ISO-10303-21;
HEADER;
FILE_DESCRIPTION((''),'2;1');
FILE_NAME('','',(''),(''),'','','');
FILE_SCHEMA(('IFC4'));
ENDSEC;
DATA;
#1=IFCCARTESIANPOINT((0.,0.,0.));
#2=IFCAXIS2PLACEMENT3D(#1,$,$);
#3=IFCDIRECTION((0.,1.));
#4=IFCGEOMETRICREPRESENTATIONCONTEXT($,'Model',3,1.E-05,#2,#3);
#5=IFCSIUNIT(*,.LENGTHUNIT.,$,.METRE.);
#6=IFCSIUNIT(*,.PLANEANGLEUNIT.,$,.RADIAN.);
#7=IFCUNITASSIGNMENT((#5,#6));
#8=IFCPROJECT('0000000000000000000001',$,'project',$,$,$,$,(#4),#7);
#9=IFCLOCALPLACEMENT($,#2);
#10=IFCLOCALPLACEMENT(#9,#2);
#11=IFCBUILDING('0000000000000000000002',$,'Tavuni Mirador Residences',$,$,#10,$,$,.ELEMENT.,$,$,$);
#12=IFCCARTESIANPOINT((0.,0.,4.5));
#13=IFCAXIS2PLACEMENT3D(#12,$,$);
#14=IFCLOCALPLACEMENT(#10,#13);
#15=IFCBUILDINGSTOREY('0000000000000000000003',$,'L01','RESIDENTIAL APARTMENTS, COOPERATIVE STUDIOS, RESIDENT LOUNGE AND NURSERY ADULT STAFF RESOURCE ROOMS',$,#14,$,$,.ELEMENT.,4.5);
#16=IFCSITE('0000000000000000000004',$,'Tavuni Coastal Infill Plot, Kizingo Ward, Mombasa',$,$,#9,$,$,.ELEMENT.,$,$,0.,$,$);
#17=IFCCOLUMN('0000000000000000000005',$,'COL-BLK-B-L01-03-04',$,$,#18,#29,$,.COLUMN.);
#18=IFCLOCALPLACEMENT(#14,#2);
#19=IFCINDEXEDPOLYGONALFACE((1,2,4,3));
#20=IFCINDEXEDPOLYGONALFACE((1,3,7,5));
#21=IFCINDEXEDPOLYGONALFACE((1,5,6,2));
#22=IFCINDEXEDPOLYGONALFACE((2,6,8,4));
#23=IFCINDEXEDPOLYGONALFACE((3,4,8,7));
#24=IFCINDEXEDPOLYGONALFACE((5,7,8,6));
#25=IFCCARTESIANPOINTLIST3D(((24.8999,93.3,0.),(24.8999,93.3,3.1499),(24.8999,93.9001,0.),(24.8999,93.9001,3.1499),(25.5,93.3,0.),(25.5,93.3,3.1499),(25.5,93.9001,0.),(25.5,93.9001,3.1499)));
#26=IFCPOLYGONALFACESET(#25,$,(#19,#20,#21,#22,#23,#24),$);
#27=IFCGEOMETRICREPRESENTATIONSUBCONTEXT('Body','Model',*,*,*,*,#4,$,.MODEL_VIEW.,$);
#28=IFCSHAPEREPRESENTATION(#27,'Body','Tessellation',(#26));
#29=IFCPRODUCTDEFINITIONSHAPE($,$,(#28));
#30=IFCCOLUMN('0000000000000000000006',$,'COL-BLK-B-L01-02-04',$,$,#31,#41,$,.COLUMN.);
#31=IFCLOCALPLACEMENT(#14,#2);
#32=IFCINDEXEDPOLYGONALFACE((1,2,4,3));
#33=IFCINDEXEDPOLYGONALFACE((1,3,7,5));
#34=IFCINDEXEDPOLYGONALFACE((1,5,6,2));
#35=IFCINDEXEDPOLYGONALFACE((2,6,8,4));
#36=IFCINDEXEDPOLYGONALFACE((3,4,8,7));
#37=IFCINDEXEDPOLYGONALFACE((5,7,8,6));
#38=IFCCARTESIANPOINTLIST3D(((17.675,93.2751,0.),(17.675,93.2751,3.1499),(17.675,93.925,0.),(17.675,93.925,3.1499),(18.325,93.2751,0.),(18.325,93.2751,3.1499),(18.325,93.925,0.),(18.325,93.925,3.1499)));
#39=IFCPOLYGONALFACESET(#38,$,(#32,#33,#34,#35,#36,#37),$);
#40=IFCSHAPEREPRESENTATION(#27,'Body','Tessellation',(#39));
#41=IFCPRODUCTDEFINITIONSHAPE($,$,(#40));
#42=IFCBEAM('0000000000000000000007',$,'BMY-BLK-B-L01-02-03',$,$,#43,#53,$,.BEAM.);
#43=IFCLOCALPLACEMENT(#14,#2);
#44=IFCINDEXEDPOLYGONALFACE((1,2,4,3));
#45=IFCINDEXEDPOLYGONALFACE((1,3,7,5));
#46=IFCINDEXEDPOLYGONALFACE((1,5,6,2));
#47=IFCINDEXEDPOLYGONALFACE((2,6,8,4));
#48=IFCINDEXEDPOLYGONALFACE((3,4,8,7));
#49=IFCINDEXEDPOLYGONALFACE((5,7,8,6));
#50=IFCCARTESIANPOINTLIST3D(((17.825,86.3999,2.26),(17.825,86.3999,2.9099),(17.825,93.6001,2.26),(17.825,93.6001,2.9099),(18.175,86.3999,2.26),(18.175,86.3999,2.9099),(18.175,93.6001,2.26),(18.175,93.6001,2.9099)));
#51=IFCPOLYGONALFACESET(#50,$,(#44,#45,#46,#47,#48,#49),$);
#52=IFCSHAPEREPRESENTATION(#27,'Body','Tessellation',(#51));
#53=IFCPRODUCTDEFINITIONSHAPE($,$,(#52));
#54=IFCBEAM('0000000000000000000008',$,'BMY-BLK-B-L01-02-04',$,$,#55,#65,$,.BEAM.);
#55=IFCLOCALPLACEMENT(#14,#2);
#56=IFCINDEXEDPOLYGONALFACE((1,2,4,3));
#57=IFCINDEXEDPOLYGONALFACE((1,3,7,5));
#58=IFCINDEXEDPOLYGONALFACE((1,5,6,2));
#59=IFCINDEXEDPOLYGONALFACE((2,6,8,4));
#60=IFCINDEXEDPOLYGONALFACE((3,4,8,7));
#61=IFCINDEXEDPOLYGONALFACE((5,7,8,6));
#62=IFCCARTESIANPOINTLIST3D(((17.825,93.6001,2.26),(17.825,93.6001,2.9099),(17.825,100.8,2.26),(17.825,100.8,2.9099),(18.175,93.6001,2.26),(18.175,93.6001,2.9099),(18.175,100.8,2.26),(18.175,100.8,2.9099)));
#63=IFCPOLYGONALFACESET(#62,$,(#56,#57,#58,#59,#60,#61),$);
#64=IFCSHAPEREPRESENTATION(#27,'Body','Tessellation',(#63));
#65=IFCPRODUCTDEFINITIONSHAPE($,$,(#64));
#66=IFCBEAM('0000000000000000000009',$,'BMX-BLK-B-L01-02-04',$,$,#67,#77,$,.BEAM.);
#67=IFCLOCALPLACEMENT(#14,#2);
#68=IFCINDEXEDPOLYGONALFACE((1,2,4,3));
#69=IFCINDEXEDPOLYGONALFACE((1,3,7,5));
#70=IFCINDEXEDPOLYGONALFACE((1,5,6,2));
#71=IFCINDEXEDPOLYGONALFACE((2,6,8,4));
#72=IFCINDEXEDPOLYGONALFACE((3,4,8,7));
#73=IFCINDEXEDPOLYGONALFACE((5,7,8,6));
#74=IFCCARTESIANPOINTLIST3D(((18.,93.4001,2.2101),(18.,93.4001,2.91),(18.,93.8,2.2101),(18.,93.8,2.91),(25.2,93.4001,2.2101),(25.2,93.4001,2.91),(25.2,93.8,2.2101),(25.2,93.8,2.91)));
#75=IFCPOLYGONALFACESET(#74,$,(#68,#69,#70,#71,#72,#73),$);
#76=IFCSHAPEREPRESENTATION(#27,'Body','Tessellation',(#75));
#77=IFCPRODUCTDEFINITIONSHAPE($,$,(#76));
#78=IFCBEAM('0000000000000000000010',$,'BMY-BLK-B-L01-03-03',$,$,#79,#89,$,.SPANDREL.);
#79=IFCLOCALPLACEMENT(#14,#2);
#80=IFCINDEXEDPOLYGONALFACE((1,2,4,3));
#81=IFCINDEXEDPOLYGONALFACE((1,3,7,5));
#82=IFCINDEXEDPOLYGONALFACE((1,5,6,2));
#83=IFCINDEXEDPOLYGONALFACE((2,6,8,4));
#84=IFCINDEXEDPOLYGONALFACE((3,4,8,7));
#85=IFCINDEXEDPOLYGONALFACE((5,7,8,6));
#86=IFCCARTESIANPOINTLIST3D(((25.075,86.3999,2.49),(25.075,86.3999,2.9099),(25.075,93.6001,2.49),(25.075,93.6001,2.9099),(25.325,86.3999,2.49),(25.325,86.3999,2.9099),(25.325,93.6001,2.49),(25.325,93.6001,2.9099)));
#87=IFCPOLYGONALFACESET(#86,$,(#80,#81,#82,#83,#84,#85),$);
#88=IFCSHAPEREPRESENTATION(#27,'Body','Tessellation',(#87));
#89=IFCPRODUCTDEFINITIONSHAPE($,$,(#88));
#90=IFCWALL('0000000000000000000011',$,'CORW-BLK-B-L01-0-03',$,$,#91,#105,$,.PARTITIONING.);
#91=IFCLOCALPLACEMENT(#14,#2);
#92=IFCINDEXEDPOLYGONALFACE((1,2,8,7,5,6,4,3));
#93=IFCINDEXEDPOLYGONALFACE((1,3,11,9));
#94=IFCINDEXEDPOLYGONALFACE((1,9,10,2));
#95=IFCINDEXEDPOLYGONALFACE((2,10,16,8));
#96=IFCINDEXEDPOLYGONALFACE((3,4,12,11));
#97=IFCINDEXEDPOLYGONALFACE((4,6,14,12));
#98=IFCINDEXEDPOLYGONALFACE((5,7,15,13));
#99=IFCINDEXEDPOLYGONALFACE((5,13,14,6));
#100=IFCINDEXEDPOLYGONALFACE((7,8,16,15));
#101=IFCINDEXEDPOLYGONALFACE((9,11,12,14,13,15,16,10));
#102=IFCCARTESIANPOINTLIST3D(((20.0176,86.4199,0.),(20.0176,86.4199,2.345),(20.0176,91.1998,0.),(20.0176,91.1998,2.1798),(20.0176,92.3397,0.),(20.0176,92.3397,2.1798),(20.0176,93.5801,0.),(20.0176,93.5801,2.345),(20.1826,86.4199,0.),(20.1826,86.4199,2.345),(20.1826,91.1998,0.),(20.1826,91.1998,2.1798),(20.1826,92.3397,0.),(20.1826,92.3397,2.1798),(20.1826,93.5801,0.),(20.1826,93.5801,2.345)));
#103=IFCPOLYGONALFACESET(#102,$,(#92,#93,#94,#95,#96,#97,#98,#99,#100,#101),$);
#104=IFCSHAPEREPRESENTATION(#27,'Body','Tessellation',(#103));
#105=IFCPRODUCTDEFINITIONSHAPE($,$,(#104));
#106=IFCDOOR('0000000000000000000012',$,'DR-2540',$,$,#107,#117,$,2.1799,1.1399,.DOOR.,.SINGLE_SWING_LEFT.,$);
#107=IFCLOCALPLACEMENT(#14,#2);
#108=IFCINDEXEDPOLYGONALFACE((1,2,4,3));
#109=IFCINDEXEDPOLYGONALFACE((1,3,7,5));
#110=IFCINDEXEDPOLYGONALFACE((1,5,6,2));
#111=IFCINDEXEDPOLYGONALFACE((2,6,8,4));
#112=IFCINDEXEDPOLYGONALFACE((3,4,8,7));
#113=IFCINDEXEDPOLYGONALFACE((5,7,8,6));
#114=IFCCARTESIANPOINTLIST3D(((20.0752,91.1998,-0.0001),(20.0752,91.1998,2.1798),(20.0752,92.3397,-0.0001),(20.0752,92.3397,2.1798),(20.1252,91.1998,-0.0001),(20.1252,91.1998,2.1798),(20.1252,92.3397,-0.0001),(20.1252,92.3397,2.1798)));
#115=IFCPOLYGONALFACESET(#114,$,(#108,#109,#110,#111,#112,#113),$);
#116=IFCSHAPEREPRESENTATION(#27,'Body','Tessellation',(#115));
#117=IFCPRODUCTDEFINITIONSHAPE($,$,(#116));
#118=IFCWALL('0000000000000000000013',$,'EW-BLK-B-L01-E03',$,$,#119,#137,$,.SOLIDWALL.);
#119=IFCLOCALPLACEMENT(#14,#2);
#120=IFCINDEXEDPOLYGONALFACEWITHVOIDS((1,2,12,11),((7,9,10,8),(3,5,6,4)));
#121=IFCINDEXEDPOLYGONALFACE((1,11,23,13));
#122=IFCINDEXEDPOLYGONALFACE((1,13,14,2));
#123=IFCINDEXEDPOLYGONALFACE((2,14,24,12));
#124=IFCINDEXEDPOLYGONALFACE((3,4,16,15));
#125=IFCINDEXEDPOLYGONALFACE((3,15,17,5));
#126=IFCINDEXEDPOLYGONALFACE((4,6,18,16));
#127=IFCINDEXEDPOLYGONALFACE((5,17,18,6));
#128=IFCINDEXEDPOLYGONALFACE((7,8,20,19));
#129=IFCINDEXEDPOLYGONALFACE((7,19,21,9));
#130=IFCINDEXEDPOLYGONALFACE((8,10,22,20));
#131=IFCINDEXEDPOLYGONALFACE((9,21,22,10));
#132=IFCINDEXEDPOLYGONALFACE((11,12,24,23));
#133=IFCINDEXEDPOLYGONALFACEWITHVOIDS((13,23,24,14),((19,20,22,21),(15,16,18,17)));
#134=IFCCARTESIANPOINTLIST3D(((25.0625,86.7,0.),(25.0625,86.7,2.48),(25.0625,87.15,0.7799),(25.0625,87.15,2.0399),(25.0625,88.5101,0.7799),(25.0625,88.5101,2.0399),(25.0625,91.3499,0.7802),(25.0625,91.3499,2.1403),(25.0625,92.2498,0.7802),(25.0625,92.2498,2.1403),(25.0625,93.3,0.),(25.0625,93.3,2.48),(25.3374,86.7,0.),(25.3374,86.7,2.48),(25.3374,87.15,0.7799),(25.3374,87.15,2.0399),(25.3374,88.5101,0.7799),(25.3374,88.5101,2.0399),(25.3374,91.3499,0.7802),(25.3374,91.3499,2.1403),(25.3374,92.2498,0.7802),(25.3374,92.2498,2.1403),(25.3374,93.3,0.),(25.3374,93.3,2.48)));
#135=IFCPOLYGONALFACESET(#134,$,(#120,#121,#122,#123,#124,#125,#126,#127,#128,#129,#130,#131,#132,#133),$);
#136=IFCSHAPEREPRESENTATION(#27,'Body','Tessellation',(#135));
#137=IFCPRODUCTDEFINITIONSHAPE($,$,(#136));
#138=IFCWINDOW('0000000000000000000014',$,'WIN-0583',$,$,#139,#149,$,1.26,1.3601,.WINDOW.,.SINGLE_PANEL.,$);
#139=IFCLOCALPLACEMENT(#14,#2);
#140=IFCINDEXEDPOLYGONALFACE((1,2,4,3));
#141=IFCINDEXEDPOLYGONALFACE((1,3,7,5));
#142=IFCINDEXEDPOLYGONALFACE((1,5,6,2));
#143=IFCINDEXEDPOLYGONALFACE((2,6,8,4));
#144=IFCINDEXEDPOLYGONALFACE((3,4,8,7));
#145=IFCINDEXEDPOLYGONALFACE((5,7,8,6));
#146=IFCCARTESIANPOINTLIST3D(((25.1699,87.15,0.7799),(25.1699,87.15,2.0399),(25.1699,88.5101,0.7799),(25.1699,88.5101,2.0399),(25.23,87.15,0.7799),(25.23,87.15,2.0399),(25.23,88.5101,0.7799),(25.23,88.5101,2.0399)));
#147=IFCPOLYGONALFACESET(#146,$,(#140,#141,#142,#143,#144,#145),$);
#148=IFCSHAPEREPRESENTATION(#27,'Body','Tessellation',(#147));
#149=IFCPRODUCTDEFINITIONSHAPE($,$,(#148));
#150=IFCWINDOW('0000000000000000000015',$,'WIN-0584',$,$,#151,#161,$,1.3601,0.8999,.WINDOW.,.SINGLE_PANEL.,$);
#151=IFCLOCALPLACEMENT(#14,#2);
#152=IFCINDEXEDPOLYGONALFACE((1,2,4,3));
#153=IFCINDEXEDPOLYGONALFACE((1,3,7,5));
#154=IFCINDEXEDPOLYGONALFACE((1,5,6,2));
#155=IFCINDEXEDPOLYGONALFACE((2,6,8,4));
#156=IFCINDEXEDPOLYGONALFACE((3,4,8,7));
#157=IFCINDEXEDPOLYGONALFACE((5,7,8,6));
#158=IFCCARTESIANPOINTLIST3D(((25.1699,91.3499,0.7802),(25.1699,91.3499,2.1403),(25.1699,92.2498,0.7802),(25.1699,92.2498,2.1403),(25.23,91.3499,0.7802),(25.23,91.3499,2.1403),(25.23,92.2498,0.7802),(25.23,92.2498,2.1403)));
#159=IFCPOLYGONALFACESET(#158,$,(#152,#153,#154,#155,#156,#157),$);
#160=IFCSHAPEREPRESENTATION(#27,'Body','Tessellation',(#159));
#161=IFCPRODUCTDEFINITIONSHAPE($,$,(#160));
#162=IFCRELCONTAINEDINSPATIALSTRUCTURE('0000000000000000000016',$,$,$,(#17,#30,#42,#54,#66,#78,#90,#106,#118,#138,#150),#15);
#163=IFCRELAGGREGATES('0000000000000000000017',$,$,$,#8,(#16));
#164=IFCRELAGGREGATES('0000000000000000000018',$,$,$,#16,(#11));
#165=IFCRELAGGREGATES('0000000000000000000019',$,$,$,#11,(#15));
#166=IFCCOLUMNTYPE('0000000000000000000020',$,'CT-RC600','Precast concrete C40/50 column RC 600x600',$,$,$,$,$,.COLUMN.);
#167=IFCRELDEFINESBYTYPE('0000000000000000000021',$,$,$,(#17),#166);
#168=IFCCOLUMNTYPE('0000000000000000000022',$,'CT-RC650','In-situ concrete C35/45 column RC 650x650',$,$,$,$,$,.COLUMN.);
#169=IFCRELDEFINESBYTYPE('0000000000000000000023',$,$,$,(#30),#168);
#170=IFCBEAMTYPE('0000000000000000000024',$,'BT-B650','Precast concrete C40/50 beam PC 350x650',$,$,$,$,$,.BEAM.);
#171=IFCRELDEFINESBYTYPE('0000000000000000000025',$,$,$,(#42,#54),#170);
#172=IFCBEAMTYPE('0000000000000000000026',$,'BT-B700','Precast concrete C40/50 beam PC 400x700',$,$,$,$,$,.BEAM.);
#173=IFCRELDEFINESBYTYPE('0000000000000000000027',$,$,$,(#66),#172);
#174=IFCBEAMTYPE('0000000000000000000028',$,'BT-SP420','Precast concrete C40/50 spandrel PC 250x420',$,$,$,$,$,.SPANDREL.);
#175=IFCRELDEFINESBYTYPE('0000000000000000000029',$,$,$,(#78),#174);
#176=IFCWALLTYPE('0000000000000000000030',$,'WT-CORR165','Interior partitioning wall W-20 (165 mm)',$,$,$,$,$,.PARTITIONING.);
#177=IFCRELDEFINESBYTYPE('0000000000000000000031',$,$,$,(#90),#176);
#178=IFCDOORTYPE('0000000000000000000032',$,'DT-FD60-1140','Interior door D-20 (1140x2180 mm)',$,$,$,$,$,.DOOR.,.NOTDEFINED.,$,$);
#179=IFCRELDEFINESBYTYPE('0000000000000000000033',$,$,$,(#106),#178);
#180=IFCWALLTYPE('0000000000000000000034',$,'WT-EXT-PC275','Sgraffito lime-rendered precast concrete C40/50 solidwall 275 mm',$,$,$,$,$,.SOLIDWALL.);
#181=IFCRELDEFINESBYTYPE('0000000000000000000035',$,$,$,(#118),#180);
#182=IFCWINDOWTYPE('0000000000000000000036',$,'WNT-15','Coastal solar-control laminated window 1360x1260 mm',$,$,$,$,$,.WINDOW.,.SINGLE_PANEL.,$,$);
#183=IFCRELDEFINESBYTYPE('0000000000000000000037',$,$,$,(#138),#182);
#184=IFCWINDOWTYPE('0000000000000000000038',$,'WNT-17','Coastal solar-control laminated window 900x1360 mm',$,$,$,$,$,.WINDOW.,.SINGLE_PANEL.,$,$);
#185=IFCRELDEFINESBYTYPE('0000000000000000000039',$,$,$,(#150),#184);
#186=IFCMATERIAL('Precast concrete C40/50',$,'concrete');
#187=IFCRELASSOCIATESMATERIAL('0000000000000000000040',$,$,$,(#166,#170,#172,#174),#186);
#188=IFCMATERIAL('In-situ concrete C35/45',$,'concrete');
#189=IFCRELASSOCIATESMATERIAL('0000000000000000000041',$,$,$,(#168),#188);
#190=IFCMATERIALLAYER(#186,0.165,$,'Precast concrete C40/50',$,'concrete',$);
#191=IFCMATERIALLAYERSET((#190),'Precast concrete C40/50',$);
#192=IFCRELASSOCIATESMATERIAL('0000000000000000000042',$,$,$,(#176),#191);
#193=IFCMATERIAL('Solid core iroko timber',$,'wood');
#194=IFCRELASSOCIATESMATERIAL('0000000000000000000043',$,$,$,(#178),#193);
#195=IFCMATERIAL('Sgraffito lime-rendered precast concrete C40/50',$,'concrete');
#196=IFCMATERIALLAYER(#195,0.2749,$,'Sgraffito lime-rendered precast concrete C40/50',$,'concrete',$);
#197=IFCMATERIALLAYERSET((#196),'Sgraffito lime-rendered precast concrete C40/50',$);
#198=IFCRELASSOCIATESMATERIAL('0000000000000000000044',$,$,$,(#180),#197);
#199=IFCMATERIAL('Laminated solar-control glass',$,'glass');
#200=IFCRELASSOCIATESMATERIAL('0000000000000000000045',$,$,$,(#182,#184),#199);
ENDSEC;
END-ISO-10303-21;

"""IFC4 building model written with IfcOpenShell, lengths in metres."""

from ifc_helpers import new_model, si_unit, direction, frame, frame_2d, origin, origin_2d, place, context, subcontext, project, spatial, rectangle, extrude, material, layer, layer_set, material_profile, profile_set, type_object, element, fill, save


model = new_model("IFC4")

# Units and contexts
model_context = context("Model", 3, precision=1e-05, world=origin(), true_north=direction((0.0, 1.0)))
body_context = subcontext(model_context, "Body", "Model", "MODEL_VIEW")
ifc_project = project(units=[si_unit("LENGTHUNIT", "METRE"), si_unit("PLANEANGLEUNIT", "RADIAN")], contexts=[model_context])

# Site, building, storey
site_placement = place(None, origin())
site = spatial("IfcSite", under=ifc_project, at=site_placement, Name="Tavuni Coastal Infill Plot, Kizingo Ward, Mombasa", CompositionType="ELEMENT", RefElevation=0.0)
building_placement = place(site_placement, origin())
building = spatial("IfcBuilding", under=site, at=building_placement, Name="Tavuni Mirador Residences", CompositionType="ELEMENT")
storey_placement = place(building_placement, frame((0.0, 0.0, 4.5)))
storey = spatial("IfcBuildingStorey", under=building, at=storey_placement, Name="L01", Description="RESIDENTIAL APARTMENTS, COOPERATIVE STUDIOS, RESIDENT LOUNGE AND NURSERY ADULT STAFF RESOURCE ROOMS", CompositionType="ELEMENT", Elevation=4.5)

# Columns
ifc_material_1 = material(Name="Precast concrete C40/50", Category="concrete")
ifc_material_profile_1 = material_profile(ifc_material_1, rectangle(XDim=0.6001, YDim=0.6001, at=origin_2d()), Name="RC 600x600", Category="concrete")
ifc_profile_set_1 = profile_set([ifc_material_profile_1], Name="Precast concrete C40/50")
column_type_1 = type_object("IfcColumnType", Name="CT-RC600", Description="Precast concrete C40/50 column RC 600x600", PredefinedType="COLUMN", material=ifc_profile_set_1)
column_1_placement = place(storey_placement, frame((25.2, 93.6001, 0.0), z_axis=(0.0, 0.0, 1.0), x_axis=(1.0, 0.0, 0.0)))
element("IfcColumn", 1, at=column_1_placement, inside=storey, type_object=column_type_1, Name="COL-BLK-B-L01-03-04", PredefinedType="COLUMN", context=body_context, shape_type="SweptSolid", body=[
    extrude(rectangle(XDim=0.6001, YDim=0.6001, at=origin_2d()), origin(), (0.0, 0.0, 1.0), 3.1499),
])
ifc_material_2 = material(Name="In-situ concrete C35/45", Category="concrete")
ifc_material_profile_2 = material_profile(ifc_material_2, rectangle(XDim=0.6499, YDim=0.6499, at=origin_2d()), Name="RC 650x650", Category="concrete")
ifc_profile_set_2 = profile_set([ifc_material_profile_2], Name="In-situ concrete C35/45")
column_type_2 = type_object("IfcColumnType", Name="CT-RC650", Description="In-situ concrete C35/45 column RC 650x650", PredefinedType="COLUMN", material=ifc_profile_set_2)
column_2_placement = place(storey_placement, frame((18.0, 93.6001, 0.0), z_axis=(0.0, 0.0, 1.0), x_axis=(1.0, 0.0, 0.0)))
element("IfcColumn", 2, at=column_2_placement, inside=storey, type_object=column_type_2, Name="COL-BLK-B-L01-02-04", PredefinedType="COLUMN", context=body_context, shape_type="SweptSolid", body=[
    extrude(rectangle(XDim=0.6499, YDim=0.6499, at=origin_2d()), origin(), (0.0, 0.0, 1.0), 3.1499),
])

# Beams
ifc_material_profile_3 = material_profile(ifc_material_1, rectangle(XDim=0.3501, YDim=0.6499, at=origin_2d()), Name="PC 350x650", Category="concrete")
ifc_profile_set_3 = profile_set([ifc_material_profile_3], Name="Precast concrete C40/50")
beam_type_1 = type_object("IfcBeamType", Name="BT-B650", Description="Precast concrete C40/50 beam PC 350x650", PredefinedType="BEAM", material=ifc_profile_set_3)
beam_1_placement = place(storey_placement, frame((18.0, 86.3999, 2.585), z_axis=(0.0, 1.0, 0.0), x_axis=(-1.0, 0.0, 0.0)))
element("IfcBeam", 3, at=beam_1_placement, inside=storey, type_object=beam_type_1, Name="BMY-BLK-B-L01-02-03", PredefinedType="BEAM", context=body_context, shape_type="SweptSolid", body=[
    extrude(rectangle(XDim=0.3501, YDim=0.6499, at=origin_2d()), origin(), (0.0, 0.0, 1.0), 7.2002),
])
beam_2_placement = place(storey_placement, frame((18.0, 93.6001, 2.585), z_axis=(0.0, 1.0, 0.0), x_axis=(-1.0, 0.0, 0.0)))
element("IfcBeam", 4, at=beam_2_placement, inside=storey, type_object=beam_type_1, Name="BMY-BLK-B-L01-02-04", PredefinedType="BEAM", context=body_context, shape_type="SweptSolid", body=[
    extrude(rectangle(XDim=0.3501, YDim=0.6499, at=origin_2d()), origin(), (0.0, 0.0, 1.0), 7.2),
])
ifc_material_profile_4 = material_profile(ifc_material_1, rectangle(XDim=0.3999, YDim=0.7, at=origin_2d()), Name="PC 400x700", Category="concrete")
ifc_profile_set_4 = profile_set([ifc_material_profile_4], Name="Precast concrete C40/50")
beam_type_2 = type_object("IfcBeamType", Name="BT-B700", Description="Precast concrete C40/50 beam PC 400x700", PredefinedType="BEAM", material=ifc_profile_set_4)
beam_3_placement = place(storey_placement, frame((18.0, 93.6001, 2.5601), z_axis=(1.0, 0.0, 0.0), x_axis=(0.0, 1.0, 0.0)))
element("IfcBeam", 5, at=beam_3_placement, inside=storey, type_object=beam_type_2, Name="BMX-BLK-B-L01-02-04", PredefinedType="BEAM", context=body_context, shape_type="SweptSolid", body=[
    extrude(rectangle(XDim=0.3999, YDim=0.7, at=origin_2d()), origin(), (0.0, 0.0, 1.0), 7.2),
])
ifc_material_profile_5 = material_profile(ifc_material_1, rectangle(XDim=0.25, YDim=0.4199, at=origin_2d()), Name="PC 250x420", Category="concrete")
ifc_profile_set_5 = profile_set([ifc_material_profile_5], Name="Precast concrete C40/50")
beam_type_3 = type_object("IfcBeamType", Name="BT-SP420", Description="Precast concrete C40/50 spandrel PC 250x420", PredefinedType="SPANDREL", material=ifc_profile_set_5)
beam_4_placement = place(storey_placement, frame((25.2, 86.3999, 2.7), z_axis=(0.0, 1.0, 0.0), x_axis=(-1.0, 0.0, 0.0)))
element("IfcBeam", 6, at=beam_4_placement, inside=storey, type_object=beam_type_3, Name="BMY-BLK-B-L01-03-03", PredefinedType="SPANDREL", context=body_context, shape_type="SweptSolid", body=[
    extrude(rectangle(XDim=0.25, YDim=0.4199, at=origin_2d()), origin(), (0.0, 0.0, 1.0), 7.2002),
])

# Wall, opening, door
ifc_material_3 = material(Name="Solid core iroko timber", Category="wood")
ifc_layer_1 = layer(ifc_material_1, 0.165, Name="Precast concrete C40/50", Category="concrete")
ifc_layer_set_1 = layer_set([ifc_layer_1], Name="Precast concrete C40/50")
wall_type_1 = type_object("IfcWallType", Name="WT-CORR165", Description="Interior partitioning wall W-20 (165 mm)", PredefinedType="PARTITIONING", material=ifc_layer_set_1)
wall_1_placement = place(storey_placement, frame((20.1001, 86.4199, 0.0), z_axis=(0.0, 0.0, 1.0), x_axis=(0.0, 1.0, 0.0)))
wall_1 = element("IfcWall", 7, at=wall_1_placement, inside=storey, type_object=wall_type_1, Name="CORW-BLK-B-L01-0-03", PredefinedType="PARTITIONING", context=body_context, shape_type="SweptSolid", body=[
    extrude(rectangle(XDim=7.1602, YDim=0.165, at=frame_2d((3.5801, 0.0))), origin(), (0.0, 0.0, 1.0), 2.345),
])
opening_1_placement = place(wall_1_placement, frame((4.78, 0.0, 0.0)))
opening_1 = element("IfcOpeningElement", 8, at=opening_1_placement, cuts=wall_1, PredefinedType="OPENING", context=body_context, shape_type="SweptSolid", body=[
    extrude(rectangle(XDim=1.1399, YDim=2.1799, at=frame_2d((0.5698, 1.0898))), frame((0.0, 0.0925, 0.0), z_axis=(0.0, -1.0, 0.0), x_axis=(1.0, 0.0, 0.0)), (0.0, 0.0, 1.0), 0.1851),
])
door_type_1 = type_object("IfcDoorType", Name="DT-FD60-1140", Description="Interior door D-20 (1140x2180 mm)", OperationType="NOTDEFINED", PredefinedType="DOOR", material=ifc_material_3)
door_1_placement = place(opening_1_placement, origin())
door_1 = element("IfcDoor", 9, at=door_1_placement, inside=storey, type_object=door_type_1, Name="DR-2540", OperationType="SINGLE_SWING_LEFT", OverallHeight=2.1799, OverallWidth=1.1399, PredefinedType="DOOR", context=body_context, shape_type="SweptSolid", body=[
    extrude(rectangle(XDim=1.1399, YDim=2.1799, at=frame_2d((0.5698, 1.0898))), frame((0.0, 0.0249, 0.0), z_axis=(0.0, -1.0, 0.0), x_axis=(1.0, 0.0, 0.0)), (0.0, 0.0, 1.0), 0.05),
])
fill(opening_1, door_1)

# Wall, openings, windows
ifc_material_4 = material(Name="Sgraffito lime-rendered precast concrete C40/50", Category="concrete")
ifc_layer_2 = layer(ifc_material_4, 0.2749, Name="Sgraffito lime-rendered precast concrete C40/50", Category="concrete")
ifc_layer_set_2 = layer_set([ifc_layer_2], Name="Sgraffito lime-rendered precast concrete C40/50")
wall_type_2 = type_object("IfcWallType", Name="WT-EXT-PC275", Description="Sgraffito lime-rendered precast concrete C40/50 solidwall 275 mm", PredefinedType="SOLIDWALL", material=ifc_layer_set_2)
wall_2_placement = place(storey_placement, frame((25.2, 86.7, 0.0), z_axis=(0.0, 0.0, 1.0), x_axis=(0.0, 1.0, 0.0)))
wall_2 = element("IfcWall", 10, at=wall_2_placement, inside=storey, type_object=wall_type_2, Name="EW-BLK-B-L01-E03", PredefinedType="SOLIDWALL", context=body_context, shape_type="SweptSolid", body=[
    extrude(rectangle(XDim=6.6001, YDim=0.2749, at=frame_2d((3.3, 0.0))), origin(), (0.0, 0.0, 1.0), 2.48),
])
opening_2_placement = place(wall_2_placement, frame((0.45, 0.0, 0.78)))
opening_2 = element("IfcOpeningElement", 11, at=opening_2_placement, cuts=wall_2, PredefinedType="OPENING", context=body_context, shape_type="SweptSolid", body=[
    extrude(rectangle(XDim=1.3601, YDim=1.26, at=frame_2d((0.6802, 0.6299))), frame((0.0, 0.1475, 0.0), z_axis=(0.0, -1.0, 0.0), x_axis=(1.0, 0.0, 0.0)), (0.0, 0.0, 1.0), 0.2949),
])
opening_3_placement = place(wall_2_placement, frame((4.6499, 0.0, 0.78)))
opening_3 = element("IfcOpeningElement", 12, at=opening_3_placement, cuts=wall_2, PredefinedType="OPENING", context=body_context, shape_type="SweptSolid", body=[
    extrude(rectangle(XDim=0.8999, YDim=1.3601, at=frame_2d((0.45, 0.6802))), frame((0.0, 0.1475, 0.0), z_axis=(0.0, -1.0, 0.0), x_axis=(1.0, 0.0, 0.0)), (0.0, 0.0, 1.0), 0.2949),
])
ifc_material_5 = material(Name="Laminated solar-control glass", Category="glass")
window_type_1 = type_object("IfcWindowType", Name="WNT-15", Description="Coastal solar-control laminated window 1360x1260 mm", PartitioningType="SINGLE_PANEL", PredefinedType="WINDOW", material=ifc_material_5)
window_1_placement = place(opening_2_placement, origin())
window_1 = element("IfcWindow", 13, at=window_1_placement, inside=storey, type_object=window_type_1, Name="WIN-0583", OverallHeight=1.26, OverallWidth=1.3601, PartitioningType="SINGLE_PANEL", PredefinedType="WINDOW", context=body_context, shape_type="SweptSolid", body=[
    extrude(rectangle(XDim=1.3601, YDim=1.26, at=frame_2d((0.6802, 0.6299))), frame((0.0, 0.03, 0.0), z_axis=(0.0, -1.0, 0.0), x_axis=(1.0, 0.0, 0.0)), (0.0, 0.0, 1.0), 0.0601),
])
fill(opening_2, window_1)
window_type_2 = type_object("IfcWindowType", Name="WNT-17", Description="Coastal solar-control laminated window 900x1360 mm", PartitioningType="SINGLE_PANEL", PredefinedType="WINDOW", material=ifc_material_5)
window_2_placement = place(opening_3_placement, origin())
window_2 = element("IfcWindow", 14, at=window_2_placement, inside=storey, type_object=window_type_2, Name="WIN-0584", OverallHeight=1.3601, OverallWidth=0.8999, PartitioningType="SINGLE_PANEL", PredefinedType="WINDOW", context=body_context, shape_type="SweptSolid", body=[
    extrude(rectangle(XDim=0.8999, YDim=1.3601, at=frame_2d((0.45, 0.6802))), frame((0.0, 0.03, 0.0), z_axis=(0.0, -1.0, 0.0), x_axis=(1.0, 0.0, 0.0)), (0.0, 0.0, 1.0), 0.0601),
])
fill(opening_3, window_2)

save(model, "model.ifc")
